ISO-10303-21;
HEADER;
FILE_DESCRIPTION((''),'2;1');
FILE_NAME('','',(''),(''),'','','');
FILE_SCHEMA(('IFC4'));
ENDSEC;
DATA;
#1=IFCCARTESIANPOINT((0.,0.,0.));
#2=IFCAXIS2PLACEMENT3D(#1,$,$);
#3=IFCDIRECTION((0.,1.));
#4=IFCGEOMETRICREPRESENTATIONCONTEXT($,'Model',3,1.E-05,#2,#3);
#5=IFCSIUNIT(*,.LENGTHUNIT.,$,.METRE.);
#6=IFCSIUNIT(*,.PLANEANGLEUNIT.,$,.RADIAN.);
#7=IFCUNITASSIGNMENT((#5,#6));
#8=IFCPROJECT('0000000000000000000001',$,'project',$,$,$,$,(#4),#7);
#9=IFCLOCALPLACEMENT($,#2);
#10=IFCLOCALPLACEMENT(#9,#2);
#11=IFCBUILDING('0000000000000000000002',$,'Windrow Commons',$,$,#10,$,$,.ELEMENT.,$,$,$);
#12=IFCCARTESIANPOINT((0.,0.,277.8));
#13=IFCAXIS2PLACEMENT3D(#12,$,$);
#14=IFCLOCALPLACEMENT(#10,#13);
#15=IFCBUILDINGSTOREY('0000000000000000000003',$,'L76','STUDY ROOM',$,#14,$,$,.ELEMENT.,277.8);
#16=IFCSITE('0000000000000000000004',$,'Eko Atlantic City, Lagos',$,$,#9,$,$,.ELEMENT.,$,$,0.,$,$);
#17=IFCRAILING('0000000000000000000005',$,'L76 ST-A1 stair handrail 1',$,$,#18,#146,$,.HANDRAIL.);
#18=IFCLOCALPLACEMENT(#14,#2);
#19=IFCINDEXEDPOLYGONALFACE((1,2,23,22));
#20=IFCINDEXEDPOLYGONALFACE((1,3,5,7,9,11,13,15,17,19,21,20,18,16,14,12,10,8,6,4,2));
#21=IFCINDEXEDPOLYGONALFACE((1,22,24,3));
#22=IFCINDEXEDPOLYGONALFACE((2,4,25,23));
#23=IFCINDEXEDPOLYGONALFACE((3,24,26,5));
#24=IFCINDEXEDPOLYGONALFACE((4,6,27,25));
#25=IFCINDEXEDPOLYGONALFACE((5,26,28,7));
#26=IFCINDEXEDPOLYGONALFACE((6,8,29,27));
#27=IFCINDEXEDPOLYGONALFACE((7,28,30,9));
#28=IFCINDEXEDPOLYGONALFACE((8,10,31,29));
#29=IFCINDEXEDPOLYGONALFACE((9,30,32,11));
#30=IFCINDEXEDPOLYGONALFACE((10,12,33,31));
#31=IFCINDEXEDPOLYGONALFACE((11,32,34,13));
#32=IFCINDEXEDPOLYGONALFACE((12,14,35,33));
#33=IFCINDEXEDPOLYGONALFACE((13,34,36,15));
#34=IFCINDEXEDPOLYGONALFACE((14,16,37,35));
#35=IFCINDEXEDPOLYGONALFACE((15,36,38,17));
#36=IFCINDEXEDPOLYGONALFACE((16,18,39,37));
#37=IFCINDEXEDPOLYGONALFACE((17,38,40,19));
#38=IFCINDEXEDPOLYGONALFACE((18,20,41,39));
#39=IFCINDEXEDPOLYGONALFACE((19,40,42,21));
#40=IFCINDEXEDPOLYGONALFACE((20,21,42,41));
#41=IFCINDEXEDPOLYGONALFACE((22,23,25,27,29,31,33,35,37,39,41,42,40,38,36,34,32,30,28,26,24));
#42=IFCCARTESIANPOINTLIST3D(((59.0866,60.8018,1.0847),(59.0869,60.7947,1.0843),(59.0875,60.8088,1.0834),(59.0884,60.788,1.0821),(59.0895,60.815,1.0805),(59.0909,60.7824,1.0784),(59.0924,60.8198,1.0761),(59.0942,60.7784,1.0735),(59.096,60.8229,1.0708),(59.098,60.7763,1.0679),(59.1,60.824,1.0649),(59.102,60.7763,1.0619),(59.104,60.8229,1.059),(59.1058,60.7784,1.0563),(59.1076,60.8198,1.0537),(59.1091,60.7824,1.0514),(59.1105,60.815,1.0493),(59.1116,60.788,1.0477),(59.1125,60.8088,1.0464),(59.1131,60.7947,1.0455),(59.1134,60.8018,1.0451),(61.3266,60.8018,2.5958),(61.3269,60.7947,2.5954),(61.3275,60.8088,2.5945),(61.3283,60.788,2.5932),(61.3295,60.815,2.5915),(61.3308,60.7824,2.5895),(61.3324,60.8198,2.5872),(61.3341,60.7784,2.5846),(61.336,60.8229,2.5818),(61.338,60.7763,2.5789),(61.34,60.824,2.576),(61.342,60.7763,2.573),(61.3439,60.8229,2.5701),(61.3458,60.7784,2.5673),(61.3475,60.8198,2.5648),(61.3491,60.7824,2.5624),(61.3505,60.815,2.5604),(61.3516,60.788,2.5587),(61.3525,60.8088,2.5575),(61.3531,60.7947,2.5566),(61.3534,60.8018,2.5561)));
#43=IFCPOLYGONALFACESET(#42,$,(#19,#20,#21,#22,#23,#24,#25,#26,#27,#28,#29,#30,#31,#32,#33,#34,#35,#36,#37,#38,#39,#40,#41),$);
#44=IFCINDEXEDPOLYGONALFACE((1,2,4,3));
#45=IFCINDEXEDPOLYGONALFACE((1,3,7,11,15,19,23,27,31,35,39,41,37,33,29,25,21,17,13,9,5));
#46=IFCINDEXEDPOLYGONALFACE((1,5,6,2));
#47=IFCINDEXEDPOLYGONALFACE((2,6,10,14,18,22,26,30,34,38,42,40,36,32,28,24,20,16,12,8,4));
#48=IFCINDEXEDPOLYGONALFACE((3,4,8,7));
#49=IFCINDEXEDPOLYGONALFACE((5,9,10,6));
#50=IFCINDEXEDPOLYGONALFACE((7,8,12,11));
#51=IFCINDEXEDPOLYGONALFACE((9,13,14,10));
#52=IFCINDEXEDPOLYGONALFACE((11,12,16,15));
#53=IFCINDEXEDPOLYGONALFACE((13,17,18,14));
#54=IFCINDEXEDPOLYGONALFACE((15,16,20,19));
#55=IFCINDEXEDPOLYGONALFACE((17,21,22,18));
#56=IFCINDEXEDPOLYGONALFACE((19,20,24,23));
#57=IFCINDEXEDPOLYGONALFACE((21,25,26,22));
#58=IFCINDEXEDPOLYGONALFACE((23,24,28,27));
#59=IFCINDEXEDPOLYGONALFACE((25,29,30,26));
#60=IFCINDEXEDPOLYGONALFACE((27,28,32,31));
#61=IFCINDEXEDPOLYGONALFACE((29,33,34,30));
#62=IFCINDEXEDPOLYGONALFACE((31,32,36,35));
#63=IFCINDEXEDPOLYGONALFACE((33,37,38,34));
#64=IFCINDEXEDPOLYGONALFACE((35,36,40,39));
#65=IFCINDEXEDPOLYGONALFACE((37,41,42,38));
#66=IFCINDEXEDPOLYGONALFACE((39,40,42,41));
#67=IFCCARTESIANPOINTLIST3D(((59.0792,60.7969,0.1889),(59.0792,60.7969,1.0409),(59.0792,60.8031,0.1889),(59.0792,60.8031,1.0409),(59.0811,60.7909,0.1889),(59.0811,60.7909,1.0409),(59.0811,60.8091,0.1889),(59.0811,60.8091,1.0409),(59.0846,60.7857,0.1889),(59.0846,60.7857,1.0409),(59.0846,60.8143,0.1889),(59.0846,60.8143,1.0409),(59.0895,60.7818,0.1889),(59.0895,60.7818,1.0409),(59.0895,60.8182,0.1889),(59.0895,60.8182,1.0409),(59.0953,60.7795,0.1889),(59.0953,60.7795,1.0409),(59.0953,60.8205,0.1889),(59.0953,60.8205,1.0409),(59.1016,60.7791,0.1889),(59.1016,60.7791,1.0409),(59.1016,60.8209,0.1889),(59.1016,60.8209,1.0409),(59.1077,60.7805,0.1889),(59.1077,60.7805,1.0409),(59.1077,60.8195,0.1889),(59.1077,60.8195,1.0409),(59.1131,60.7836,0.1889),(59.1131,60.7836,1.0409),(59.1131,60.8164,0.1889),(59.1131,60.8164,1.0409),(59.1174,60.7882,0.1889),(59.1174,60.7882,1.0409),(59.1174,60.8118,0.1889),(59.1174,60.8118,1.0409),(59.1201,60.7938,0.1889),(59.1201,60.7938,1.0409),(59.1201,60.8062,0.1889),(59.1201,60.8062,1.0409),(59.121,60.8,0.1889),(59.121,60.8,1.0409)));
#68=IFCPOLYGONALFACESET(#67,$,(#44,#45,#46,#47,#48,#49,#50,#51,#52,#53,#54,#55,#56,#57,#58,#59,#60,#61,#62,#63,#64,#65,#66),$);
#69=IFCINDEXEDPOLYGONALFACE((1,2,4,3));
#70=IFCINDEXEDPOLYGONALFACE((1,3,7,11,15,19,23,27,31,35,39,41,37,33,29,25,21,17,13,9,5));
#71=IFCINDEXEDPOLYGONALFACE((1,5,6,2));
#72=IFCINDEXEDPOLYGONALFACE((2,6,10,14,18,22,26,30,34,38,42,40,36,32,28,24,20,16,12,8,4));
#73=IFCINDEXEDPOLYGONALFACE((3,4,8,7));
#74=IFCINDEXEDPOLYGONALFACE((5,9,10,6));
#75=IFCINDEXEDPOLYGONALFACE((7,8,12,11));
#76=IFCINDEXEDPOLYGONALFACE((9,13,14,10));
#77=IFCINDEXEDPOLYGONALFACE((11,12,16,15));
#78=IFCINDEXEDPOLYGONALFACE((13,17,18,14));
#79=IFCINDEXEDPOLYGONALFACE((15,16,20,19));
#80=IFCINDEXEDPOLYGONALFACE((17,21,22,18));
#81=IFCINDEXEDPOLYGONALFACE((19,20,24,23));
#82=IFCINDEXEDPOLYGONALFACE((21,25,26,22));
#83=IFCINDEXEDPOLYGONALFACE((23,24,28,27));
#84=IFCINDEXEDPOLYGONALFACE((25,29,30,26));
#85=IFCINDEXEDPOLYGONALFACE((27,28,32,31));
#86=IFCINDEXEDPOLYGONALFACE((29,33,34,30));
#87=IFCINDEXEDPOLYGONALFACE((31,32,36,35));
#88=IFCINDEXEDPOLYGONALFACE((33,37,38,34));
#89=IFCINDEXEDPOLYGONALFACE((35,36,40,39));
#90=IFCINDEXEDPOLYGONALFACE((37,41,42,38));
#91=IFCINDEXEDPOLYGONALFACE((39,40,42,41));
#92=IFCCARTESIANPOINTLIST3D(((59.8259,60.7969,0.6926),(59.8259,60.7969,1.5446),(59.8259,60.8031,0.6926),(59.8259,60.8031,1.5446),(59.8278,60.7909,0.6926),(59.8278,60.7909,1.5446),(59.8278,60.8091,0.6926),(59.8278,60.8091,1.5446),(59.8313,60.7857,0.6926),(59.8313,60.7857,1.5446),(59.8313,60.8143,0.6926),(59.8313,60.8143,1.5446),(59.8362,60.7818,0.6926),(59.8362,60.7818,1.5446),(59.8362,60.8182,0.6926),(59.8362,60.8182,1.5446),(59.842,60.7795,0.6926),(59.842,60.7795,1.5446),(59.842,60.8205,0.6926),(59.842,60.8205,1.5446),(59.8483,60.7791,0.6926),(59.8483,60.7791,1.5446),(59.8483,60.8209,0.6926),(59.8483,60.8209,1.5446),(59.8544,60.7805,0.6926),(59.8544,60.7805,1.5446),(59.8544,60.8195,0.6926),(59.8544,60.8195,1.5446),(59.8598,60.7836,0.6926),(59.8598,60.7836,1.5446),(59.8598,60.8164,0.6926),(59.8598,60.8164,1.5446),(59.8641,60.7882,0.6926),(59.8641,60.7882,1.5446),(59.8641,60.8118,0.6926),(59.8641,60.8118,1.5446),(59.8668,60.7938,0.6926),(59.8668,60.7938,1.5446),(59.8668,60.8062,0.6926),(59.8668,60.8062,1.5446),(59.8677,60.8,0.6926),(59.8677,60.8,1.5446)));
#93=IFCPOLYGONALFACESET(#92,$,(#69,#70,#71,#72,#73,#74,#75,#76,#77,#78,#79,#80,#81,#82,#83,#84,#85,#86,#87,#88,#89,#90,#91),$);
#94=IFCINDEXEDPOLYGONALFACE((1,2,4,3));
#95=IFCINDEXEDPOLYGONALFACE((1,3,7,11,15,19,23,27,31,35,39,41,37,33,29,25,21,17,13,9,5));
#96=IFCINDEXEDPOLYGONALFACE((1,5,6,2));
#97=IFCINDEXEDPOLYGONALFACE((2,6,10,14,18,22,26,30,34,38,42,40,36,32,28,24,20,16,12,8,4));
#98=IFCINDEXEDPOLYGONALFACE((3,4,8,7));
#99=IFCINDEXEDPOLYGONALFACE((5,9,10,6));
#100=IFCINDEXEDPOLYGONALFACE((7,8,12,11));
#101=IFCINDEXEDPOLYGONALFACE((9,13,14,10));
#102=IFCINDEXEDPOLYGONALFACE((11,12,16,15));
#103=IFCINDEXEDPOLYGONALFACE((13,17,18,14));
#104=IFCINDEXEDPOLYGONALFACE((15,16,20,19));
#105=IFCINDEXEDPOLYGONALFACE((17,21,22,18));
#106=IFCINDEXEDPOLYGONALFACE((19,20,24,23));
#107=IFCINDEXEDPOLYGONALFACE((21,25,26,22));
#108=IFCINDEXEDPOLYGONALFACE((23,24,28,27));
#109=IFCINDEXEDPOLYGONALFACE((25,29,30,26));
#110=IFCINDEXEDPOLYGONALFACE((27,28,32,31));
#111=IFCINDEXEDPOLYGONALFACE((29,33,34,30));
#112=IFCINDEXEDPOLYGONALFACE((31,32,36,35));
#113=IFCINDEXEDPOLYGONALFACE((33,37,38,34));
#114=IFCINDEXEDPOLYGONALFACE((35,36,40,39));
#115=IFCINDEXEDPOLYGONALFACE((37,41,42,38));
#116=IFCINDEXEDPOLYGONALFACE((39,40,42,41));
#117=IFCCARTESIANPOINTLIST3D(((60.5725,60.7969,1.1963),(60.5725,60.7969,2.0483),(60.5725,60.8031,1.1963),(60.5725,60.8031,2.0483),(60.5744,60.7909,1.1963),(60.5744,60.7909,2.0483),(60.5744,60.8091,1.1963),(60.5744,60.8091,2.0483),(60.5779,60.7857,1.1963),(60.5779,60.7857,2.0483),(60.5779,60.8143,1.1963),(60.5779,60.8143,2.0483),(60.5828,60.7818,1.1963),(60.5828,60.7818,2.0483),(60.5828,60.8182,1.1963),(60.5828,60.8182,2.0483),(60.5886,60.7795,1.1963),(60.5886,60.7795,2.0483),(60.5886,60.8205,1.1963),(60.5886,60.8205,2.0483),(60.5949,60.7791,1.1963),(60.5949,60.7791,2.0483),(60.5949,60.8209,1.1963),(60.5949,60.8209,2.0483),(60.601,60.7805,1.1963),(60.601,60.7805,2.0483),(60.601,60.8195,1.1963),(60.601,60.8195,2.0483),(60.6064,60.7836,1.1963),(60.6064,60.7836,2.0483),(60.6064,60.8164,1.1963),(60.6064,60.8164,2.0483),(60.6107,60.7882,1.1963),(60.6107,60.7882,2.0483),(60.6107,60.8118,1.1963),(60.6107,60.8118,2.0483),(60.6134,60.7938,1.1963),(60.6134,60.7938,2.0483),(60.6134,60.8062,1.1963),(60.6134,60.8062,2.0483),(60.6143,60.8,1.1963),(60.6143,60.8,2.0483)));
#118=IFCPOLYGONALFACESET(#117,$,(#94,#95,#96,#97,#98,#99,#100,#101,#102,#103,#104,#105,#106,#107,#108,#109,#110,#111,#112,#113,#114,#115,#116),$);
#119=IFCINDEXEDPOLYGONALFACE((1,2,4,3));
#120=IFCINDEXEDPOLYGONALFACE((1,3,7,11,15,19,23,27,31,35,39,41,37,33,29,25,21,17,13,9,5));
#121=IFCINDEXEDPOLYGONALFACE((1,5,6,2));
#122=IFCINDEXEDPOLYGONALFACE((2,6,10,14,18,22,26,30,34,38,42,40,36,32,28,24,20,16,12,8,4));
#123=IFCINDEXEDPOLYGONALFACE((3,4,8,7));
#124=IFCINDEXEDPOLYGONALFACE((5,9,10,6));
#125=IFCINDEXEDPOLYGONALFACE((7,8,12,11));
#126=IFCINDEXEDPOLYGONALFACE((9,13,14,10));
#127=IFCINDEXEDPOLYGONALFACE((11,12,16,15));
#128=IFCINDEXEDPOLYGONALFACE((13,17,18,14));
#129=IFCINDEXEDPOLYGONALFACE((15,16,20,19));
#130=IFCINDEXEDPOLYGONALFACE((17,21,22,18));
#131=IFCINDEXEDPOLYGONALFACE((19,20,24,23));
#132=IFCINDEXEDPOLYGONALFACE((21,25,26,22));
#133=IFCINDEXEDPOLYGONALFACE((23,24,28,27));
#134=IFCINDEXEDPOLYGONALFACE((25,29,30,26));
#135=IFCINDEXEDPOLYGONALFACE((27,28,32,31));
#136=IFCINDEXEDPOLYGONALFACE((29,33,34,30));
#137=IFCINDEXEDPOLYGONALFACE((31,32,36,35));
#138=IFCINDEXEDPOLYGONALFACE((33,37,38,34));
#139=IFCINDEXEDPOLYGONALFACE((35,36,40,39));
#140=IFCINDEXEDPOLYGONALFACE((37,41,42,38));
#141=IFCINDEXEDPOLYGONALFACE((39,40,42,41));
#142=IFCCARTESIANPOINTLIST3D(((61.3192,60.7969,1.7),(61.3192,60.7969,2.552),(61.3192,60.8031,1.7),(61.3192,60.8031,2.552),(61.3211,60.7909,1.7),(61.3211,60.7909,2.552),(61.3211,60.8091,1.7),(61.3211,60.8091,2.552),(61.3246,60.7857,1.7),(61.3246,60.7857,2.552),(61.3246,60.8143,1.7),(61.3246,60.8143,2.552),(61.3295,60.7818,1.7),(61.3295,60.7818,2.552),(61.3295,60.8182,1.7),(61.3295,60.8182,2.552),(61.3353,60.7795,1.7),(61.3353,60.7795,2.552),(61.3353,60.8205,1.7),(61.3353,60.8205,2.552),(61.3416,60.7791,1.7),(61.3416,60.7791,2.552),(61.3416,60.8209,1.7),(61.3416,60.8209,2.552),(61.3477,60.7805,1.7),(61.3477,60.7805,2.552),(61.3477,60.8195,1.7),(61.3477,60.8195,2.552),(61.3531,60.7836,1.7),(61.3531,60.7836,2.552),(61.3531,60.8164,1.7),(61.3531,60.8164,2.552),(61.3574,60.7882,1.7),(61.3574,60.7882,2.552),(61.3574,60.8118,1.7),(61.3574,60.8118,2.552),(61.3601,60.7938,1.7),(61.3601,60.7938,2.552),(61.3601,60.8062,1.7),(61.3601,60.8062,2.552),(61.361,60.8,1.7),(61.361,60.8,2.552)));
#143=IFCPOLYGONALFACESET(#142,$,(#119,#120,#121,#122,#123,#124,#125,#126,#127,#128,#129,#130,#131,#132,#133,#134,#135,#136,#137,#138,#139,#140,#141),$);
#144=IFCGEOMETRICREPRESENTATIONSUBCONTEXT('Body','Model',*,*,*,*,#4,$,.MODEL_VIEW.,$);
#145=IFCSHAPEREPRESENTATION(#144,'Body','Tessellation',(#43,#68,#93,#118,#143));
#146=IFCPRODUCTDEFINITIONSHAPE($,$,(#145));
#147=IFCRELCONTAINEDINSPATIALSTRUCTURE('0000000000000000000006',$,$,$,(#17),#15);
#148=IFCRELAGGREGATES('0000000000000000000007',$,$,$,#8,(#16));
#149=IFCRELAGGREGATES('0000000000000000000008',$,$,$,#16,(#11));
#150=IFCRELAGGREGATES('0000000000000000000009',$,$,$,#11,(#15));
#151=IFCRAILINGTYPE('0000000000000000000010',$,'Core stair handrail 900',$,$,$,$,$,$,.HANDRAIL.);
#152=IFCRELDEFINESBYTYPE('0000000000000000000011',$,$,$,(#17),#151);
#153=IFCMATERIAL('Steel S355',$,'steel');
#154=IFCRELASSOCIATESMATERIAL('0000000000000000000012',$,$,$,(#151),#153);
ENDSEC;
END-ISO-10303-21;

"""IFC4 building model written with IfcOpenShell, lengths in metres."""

from ifc_helpers import new_model, si_unit, direction, frame, origin, origin_2d, place, context, subcontext, project, spatial, circle, extrude, material, type_object, element, save


model = new_model("IFC4")

# Units and contexts
model_context = context("Model", 3, precision=1e-05, world=origin(), true_north=direction((0.0, 1.0)))
body_context = subcontext(model_context, "Body", "Model", "MODEL_VIEW")
ifc_project = project(units=[si_unit("LENGTHUNIT", "METRE"), si_unit("PLANEANGLEUNIT", "RADIAN")], contexts=[model_context])

# Site, building, storey
site_placement = place(None, origin())
site = spatial("IfcSite", under=ifc_project, at=site_placement, Name="Eko Atlantic City, Lagos", CompositionType="ELEMENT", RefElevation=0.0)
building_placement = place(site_placement, origin())
building = spatial("IfcBuilding", under=site, at=building_placement, Name="Windrow Commons", CompositionType="ELEMENT")
storey_placement = place(building_placement, frame((0.0, 0.0, 277.8)))
storey = spatial("IfcBuildingStorey", under=building, at=storey_placement, Name="L76", Description="STUDY ROOM", CompositionType="ELEMENT", Elevation=277.8)

# Railing
ifc_material_1 = material(Name="Steel S355", Category="steel")
railing_type = type_object("IfcRailingType", Name="Core stair handrail 900", PredefinedType="HANDRAIL", material=ifc_material_1)
railing_placement = place(storey_placement, frame((59.1, 60.8, 0.1889)))
element("IfcRailing", 1, at=railing_placement, inside=storey, type_object=railing_type, Name="L76 ST-A1 stair handrail 1", PredefinedType="HANDRAIL", context=body_context, shape_type="SweptSolid", body=[
    extrude(circle(Radius=0.024, at=origin_2d()), frame((0.0, 0.0, 0.876), z_axis=(0.829003, 0.0, 0.559244), x_axis=(0.0, 1.0, 0.0)), (0.0, 0.0, 1.0), 2.702),
    extrude(circle(Radius=0.021, at=origin_2d()), origin(), (0.0, 0.0, 1.0), 0.852),
    extrude(circle(Radius=0.021, at=origin_2d()), frame((0.7467, 0.0, 0.5037)), (0.0, 0.0, 1.0), 0.852),
    extrude(circle(Radius=0.021, at=origin_2d()), frame((1.4933, 0.0, 1.0074)), (0.0, 0.0, 1.0), 0.852),
    extrude(circle(Radius=0.021, at=origin_2d()), frame((2.24, 0.0, 1.5111)), (0.0, 0.0, 1.0), 0.852),
])

save(model, "model.ifc")
